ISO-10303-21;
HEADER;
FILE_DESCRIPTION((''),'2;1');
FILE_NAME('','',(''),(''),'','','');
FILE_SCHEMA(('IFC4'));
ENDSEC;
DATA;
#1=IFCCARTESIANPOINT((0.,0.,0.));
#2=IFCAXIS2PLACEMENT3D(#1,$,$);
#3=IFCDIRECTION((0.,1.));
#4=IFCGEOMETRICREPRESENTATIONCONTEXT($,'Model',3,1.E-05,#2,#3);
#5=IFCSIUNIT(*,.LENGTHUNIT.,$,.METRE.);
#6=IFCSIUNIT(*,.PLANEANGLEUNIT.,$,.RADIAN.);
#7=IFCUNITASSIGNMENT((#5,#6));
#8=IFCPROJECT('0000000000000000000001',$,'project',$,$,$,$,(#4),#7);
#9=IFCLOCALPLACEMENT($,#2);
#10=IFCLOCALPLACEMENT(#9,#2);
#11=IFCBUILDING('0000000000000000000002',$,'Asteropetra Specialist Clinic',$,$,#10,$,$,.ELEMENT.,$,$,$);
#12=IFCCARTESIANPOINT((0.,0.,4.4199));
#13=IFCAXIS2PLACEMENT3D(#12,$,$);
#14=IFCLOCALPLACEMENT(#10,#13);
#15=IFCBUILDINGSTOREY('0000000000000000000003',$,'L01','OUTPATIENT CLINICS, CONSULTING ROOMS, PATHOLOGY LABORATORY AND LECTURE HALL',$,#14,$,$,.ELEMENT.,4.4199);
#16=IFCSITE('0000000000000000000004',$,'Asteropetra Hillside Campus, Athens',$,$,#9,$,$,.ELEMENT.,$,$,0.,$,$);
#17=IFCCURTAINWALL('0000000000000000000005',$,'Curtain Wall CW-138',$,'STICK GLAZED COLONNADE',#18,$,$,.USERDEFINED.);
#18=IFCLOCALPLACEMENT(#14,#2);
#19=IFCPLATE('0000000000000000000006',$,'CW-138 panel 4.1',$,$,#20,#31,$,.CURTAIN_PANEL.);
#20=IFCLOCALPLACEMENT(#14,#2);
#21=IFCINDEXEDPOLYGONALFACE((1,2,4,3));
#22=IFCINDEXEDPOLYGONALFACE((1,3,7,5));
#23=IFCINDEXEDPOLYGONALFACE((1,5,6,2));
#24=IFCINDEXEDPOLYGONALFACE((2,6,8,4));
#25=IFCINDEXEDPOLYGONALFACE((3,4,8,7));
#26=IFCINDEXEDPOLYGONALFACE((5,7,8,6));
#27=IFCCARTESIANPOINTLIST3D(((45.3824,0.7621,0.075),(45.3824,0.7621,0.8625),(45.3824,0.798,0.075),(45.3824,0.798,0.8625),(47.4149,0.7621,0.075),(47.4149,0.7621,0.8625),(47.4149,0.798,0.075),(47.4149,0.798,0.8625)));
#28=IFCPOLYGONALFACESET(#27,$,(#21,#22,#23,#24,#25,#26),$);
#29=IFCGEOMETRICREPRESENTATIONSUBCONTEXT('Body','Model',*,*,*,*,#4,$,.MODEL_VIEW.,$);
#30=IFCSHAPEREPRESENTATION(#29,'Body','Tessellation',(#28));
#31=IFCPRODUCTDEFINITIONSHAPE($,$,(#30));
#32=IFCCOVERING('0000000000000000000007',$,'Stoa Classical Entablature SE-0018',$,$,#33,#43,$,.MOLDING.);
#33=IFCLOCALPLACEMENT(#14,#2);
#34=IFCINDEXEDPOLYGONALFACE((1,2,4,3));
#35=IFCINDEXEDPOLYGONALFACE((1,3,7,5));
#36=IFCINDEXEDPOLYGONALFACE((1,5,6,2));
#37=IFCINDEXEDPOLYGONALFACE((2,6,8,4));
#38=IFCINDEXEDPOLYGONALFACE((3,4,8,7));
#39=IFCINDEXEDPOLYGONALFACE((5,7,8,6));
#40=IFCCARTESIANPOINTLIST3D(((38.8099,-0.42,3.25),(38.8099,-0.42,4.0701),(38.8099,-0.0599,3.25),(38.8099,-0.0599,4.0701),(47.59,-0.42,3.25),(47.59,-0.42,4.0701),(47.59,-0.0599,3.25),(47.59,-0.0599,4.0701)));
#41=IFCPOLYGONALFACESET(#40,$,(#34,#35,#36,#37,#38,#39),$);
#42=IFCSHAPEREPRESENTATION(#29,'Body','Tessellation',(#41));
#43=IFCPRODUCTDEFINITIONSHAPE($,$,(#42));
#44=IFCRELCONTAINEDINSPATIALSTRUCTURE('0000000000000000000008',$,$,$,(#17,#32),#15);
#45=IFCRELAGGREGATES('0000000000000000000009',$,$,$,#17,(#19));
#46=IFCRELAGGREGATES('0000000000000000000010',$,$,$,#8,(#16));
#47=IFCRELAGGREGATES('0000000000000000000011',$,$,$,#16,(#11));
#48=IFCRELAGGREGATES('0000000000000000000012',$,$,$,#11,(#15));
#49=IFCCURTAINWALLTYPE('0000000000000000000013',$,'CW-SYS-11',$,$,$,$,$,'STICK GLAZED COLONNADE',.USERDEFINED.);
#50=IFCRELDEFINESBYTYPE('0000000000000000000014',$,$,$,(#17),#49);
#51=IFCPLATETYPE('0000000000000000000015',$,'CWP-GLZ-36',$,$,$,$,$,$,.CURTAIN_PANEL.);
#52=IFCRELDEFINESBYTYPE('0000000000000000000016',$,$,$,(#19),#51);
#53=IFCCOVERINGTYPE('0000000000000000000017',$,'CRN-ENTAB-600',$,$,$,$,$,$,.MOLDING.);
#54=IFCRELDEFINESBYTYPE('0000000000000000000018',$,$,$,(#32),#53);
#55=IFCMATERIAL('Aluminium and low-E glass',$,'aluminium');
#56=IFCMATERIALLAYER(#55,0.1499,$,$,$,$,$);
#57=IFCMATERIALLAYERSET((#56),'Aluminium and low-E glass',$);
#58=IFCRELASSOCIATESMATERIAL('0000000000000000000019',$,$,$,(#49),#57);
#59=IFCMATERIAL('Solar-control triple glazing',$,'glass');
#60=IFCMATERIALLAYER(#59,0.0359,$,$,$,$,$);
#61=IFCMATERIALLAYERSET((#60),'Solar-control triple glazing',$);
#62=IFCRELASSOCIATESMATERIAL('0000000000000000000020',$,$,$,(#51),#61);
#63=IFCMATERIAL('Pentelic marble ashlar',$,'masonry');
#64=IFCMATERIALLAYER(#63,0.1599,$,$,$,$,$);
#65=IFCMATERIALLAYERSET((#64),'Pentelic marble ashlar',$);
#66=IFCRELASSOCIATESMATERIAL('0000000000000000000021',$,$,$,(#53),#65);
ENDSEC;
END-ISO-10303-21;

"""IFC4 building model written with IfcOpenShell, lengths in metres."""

from ifc_helpers import new_model, si_unit, direction, frame, origin, origin_2d, place, context, subcontext, project, spatial, rectangle, extrude, material, layer, layer_set, type_object, element, aggregate, save


model = new_model("IFC4")

# Units and contexts
model_context = context("Model", 3, precision=1e-05, world=origin(), true_north=direction((0.0, 1.0)))
body_context = subcontext(model_context, "Body", "Model", "MODEL_VIEW")
ifc_project = project(units=[si_unit("LENGTHUNIT", "METRE"), si_unit("PLANEANGLEUNIT", "RADIAN")], contexts=[model_context])

# Site, building, storey
site_placement = place(None, origin())
site = spatial("IfcSite", under=ifc_project, at=site_placement, Name="Asteropetra Hillside Campus, Athens", CompositionType="ELEMENT", RefElevation=0.0)
building_placement = place(site_placement, origin())
building = spatial("IfcBuilding", under=site, at=building_placement, Name="Asteropetra Specialist Clinic", CompositionType="ELEMENT")
storey_placement = place(building_placement, frame((0.0, 0.0, 4.4199)))
storey = spatial("IfcBuildingStorey", under=building, at=storey_placement, Name="L01", Description="OUTPATIENT CLINICS, CONSULTING ROOMS, PATHOLOGY LABORATORY AND LECTURE HALL", CompositionType="ELEMENT", Elevation=4.4199)

# Curtain wall
ifc_material_1 = material(Name="Aluminium and low-E glass", Category="aluminium")
ifc_layer_1 = layer(ifc_material_1, 0.1499)
ifc_layer_set_1 = layer_set([ifc_layer_1], Name="Aluminium and low-E glass")
curtain_wall_type = type_object("IfcCurtainWallType", Name="CW-SYS-11", ElementType="STICK GLAZED COLONNADE", PredefinedType="USERDEFINED", material=ifc_layer_set_1)
curtain_wall_placement = place(storey_placement, origin())
curtain_wall = element("IfcCurtainWall", 1, at=curtain_wall_placement, inside=storey, type_object=curtain_wall_type, Name="Curtain Wall CW-138", ObjectType="STICK GLAZED COLONNADE", PredefinedType="USERDEFINED")

# Plate
ifc_material_2 = material(Name="Solar-control triple glazing", Category="glass")
ifc_layer_2 = layer(ifc_material_2, 0.0359)
ifc_layer_set_2 = layer_set([ifc_layer_2], Name="Solar-control triple glazing")
plate_type = type_object("IfcPlateType", Name="CWP-GLZ-36", PredefinedType="CURTAIN_PANEL", material=ifc_layer_set_2)
plate_1_placement = place(storey_placement, frame((46.3987, 0.78, 0.075), z_axis=(0.0, 0.0, 1.0), x_axis=(1.0, 0.0, 0.0)))
plate_1 = element("IfcPlate", 2, at=plate_1_placement, type_object=plate_type, Name="CW-138 panel 4.1", PredefinedType="CURTAIN_PANEL", context=body_context, shape_type="SweptSolid", body=[
    extrude(rectangle(XDim=2.0325, YDim=0.0359, at=origin_2d()), origin(), (0.0, 0.0, 1.0), 0.7876),
])
aggregate(curtain_wall, [plate_1])

# Covering
ifc_material_3 = material(Name="Pentelic marble ashlar", Category="masonry")
ifc_layer_3 = layer(ifc_material_3, 0.1599)
ifc_layer_set_3 = layer_set([ifc_layer_3], Name="Pentelic marble ashlar")
covering_type = type_object("IfcCoveringType", Name="CRN-ENTAB-600", PredefinedType="MOLDING", material=ifc_layer_set_3)
covering_placement = place(storey_placement, frame((43.2, -0.24, 3.25), z_axis=(0.0, 0.0, 1.0), x_axis=(1.0, 0.0, 0.0)))
element("IfcCovering", 3, at=covering_placement, inside=storey, type_object=covering_type, Name="Stoa Classical Entablature SE-0018", PredefinedType="MOLDING", context=body_context, shape_type="SweptSolid", body=[
    extrude(rectangle(XDim=8.78, YDim=0.3601, at=origin_2d()), origin(), (0.0, 0.0, 1.0), 0.8201),
])

save(model, "model.ifc")
